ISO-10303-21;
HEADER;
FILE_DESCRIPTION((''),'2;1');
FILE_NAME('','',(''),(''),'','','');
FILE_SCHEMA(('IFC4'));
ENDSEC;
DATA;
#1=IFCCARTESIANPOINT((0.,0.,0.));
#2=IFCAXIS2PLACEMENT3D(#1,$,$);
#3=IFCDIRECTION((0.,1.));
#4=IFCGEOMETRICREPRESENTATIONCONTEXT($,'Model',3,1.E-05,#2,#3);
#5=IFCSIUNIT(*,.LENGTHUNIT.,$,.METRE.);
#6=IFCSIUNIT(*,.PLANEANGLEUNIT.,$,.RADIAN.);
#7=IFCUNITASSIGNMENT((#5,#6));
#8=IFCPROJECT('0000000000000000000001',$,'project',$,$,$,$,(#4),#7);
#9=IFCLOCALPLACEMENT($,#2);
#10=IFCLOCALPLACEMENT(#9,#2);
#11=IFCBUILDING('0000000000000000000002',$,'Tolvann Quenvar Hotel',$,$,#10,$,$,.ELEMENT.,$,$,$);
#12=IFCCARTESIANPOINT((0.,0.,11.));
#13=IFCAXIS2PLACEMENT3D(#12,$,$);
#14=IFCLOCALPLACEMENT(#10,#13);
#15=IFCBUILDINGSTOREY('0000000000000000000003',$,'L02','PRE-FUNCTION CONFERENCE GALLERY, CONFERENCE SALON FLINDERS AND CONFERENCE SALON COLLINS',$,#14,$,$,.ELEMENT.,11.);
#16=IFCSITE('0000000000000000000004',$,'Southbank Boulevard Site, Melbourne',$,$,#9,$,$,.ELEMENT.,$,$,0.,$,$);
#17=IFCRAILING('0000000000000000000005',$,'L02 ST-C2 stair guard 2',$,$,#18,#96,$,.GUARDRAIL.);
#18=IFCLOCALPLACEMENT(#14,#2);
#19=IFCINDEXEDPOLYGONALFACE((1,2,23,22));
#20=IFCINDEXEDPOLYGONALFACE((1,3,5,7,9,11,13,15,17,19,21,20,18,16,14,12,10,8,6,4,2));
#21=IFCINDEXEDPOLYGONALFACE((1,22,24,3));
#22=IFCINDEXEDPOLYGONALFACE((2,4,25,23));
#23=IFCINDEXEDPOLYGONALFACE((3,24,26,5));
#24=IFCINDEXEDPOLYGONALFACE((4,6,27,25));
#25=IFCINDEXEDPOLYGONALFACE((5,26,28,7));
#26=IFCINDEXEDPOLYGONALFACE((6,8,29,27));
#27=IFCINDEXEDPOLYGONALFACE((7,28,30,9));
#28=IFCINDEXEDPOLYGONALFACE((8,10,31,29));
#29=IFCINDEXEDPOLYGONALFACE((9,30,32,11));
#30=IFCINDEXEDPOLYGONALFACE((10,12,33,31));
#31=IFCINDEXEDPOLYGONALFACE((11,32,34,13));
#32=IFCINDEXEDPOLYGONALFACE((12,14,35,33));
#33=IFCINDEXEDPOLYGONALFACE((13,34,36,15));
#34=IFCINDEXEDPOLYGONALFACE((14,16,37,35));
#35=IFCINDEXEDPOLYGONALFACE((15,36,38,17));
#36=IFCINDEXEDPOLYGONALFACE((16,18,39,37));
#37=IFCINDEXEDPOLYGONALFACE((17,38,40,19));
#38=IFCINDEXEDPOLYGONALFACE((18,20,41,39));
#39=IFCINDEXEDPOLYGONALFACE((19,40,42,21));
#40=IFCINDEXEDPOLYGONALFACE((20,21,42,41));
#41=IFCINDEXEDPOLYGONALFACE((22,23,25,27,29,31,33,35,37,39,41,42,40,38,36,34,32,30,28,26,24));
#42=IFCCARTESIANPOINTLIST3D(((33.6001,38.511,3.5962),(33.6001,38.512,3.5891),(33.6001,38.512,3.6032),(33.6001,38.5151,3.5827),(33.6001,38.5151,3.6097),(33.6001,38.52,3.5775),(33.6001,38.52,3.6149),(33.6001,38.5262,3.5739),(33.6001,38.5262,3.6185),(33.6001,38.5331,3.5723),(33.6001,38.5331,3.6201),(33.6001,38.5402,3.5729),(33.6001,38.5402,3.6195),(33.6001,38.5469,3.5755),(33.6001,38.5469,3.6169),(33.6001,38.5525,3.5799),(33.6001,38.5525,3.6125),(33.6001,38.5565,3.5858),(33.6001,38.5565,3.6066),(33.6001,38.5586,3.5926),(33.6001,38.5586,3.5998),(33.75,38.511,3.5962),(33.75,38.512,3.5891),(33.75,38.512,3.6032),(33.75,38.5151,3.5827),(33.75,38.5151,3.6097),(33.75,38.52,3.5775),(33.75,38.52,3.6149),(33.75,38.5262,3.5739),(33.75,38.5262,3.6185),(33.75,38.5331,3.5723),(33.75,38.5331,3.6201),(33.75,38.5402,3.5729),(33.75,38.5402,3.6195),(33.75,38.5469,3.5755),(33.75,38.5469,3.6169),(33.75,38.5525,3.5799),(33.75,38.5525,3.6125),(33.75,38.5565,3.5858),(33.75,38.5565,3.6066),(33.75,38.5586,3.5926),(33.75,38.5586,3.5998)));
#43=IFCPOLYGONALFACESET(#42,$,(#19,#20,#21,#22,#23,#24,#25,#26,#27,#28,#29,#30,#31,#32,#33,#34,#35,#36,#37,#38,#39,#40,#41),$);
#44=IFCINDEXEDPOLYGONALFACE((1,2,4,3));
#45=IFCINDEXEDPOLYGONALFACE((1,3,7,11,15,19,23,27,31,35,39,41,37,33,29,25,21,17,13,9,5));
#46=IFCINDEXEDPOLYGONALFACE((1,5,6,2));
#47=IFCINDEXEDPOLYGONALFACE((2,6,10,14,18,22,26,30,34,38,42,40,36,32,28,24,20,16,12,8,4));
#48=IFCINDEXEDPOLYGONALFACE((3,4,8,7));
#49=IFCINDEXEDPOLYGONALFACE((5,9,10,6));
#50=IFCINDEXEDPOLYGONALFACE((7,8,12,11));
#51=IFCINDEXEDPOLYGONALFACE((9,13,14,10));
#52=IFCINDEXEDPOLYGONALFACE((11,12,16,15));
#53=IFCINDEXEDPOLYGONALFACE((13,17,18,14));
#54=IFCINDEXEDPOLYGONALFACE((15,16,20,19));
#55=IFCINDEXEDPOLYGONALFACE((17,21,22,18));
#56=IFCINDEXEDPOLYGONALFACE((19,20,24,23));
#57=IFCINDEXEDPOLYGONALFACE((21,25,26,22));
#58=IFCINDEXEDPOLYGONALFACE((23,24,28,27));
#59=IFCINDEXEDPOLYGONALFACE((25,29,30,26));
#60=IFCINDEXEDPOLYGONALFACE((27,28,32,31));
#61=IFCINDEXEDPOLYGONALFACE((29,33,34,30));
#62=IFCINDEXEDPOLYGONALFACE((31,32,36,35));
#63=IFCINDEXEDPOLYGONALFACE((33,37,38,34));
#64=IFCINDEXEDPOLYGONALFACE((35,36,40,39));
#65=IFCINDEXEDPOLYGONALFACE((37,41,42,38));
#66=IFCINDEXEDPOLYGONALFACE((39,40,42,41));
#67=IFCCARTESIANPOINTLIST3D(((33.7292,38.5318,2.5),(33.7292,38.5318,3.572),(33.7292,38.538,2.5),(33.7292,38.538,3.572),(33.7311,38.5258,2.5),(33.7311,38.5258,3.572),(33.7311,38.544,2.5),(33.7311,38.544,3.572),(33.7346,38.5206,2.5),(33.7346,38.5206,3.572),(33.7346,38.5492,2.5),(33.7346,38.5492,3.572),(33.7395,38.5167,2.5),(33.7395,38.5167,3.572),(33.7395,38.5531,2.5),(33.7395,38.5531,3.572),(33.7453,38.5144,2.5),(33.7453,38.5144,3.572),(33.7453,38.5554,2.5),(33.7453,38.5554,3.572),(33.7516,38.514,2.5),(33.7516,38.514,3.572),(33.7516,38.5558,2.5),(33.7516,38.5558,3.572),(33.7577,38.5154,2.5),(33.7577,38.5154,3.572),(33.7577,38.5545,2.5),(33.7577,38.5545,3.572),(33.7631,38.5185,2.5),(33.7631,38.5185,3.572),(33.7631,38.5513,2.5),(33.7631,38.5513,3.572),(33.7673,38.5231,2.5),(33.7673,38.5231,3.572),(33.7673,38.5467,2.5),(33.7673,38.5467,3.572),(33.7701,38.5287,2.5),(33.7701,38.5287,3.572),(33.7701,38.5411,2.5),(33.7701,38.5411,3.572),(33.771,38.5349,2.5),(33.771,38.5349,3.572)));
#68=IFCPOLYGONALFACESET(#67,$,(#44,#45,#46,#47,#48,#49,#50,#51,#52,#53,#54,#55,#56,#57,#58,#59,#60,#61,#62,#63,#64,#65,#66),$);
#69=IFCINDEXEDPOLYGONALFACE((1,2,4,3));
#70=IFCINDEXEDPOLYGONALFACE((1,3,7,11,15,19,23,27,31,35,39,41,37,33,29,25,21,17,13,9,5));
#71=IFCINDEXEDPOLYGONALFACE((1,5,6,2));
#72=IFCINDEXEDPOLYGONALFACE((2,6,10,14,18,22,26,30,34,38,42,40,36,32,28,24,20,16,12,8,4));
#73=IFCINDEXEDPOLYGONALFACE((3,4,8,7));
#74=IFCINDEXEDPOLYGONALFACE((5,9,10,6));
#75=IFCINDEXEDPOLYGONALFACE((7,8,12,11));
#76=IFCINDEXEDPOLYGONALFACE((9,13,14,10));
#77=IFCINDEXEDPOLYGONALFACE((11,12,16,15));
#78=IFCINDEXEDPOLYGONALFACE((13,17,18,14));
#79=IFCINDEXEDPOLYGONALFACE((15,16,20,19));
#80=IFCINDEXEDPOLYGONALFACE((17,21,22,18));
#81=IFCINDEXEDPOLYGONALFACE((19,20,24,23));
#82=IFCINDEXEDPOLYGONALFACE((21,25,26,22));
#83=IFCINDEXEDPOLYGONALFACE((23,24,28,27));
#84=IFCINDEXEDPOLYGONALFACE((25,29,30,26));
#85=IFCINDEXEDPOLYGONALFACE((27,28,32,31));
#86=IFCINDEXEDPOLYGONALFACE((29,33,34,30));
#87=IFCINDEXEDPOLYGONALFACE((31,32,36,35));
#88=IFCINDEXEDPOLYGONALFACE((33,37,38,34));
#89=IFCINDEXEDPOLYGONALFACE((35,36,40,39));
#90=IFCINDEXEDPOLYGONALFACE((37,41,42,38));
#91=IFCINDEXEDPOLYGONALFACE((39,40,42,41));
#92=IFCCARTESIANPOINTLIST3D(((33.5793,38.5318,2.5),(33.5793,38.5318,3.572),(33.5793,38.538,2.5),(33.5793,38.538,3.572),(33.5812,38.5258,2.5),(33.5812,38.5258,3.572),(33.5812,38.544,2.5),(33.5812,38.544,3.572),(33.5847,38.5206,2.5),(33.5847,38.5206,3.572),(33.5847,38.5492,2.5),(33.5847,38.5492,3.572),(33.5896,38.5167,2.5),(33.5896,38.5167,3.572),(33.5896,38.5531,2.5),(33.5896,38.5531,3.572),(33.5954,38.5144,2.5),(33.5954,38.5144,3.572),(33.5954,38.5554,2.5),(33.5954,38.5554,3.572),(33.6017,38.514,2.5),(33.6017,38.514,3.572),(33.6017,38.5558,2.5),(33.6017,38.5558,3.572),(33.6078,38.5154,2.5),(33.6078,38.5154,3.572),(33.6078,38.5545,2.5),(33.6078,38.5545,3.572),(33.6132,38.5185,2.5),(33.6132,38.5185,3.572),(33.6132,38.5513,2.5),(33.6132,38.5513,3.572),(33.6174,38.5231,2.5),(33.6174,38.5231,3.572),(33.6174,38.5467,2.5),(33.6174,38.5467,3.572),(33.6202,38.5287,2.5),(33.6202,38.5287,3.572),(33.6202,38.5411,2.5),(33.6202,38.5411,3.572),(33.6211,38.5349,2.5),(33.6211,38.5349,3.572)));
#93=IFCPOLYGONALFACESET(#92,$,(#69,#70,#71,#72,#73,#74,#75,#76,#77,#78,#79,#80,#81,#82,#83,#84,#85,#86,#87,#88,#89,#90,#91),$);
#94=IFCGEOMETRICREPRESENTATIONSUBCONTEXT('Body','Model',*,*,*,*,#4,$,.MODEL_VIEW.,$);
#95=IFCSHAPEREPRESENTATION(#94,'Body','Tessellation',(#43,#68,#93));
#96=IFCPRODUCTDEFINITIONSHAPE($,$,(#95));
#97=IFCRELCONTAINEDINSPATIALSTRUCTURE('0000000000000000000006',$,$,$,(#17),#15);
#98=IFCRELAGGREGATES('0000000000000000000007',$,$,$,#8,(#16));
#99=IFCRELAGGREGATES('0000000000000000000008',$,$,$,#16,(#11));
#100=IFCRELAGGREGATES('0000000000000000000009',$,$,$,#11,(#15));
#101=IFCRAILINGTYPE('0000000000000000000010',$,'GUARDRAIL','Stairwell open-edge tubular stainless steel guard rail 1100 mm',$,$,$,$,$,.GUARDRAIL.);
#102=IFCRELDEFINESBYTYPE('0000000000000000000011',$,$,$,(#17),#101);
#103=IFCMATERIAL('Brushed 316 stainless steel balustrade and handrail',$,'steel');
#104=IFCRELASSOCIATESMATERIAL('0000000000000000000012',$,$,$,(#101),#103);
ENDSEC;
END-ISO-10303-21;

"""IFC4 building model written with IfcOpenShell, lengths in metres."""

from ifc_helpers import new_model, si_unit, direction, frame, origin, origin_2d, place, context, subcontext, project, spatial, circle, extrude, material, type_object, element, save


model = new_model("IFC4")

# Units and contexts
model_context = context("Model", 3, precision=1e-05, world=origin(), true_north=direction((0.0, 1.0)))
body_context = subcontext(model_context, "Body", "Model", "MODEL_VIEW")
ifc_project = project(units=[si_unit("LENGTHUNIT", "METRE"), si_unit("PLANEANGLEUNIT", "RADIAN")], contexts=[model_context])

# Site, building, storey
site_placement = place(None, origin())
site = spatial("IfcSite", under=ifc_project, at=site_placement, Name="Southbank Boulevard Site, Melbourne", CompositionType="ELEMENT", RefElevation=0.0)
building_placement = place(site_placement, origin())
building = spatial("IfcBuilding", under=site, at=building_placement, Name="Tolvann Quenvar Hotel", CompositionType="ELEMENT")
storey_placement = place(building_placement, frame((0.0, 0.0, 11.0)))
storey = spatial("IfcBuildingStorey", under=building, at=storey_placement, Name="L02", Description="PRE-FUNCTION CONFERENCE GALLERY, CONFERENCE SALON FLINDERS AND CONFERENCE SALON COLLINS", CompositionType="ELEMENT", Elevation=11.0)

# Railing
ifc_material_1 = material(Name="Brushed 316 stainless steel balustrade and handrail", Category="steel")
railing_type_1 = type_object("IfcRailingType", Name="GUARDRAIL", Description="Stairwell open-edge tubular stainless steel guard rail 1100 mm", PredefinedType="GUARDRAIL", material=ifc_material_1)
railing_1_placement = place(storey_placement, frame((33.75, 38.5349, 2.5)))
element("IfcRailing", 1, at=railing_1_placement, inside=storey, type_object=railing_type_1, Name="L02 ST-C2 stair guard 2", PredefinedType="GUARDRAIL", context=body_context, shape_type="SweptSolid", body=[
    extrude(circle(Radius=0.0239, at=origin_2d()), frame((0.0, 0.0, 1.0962), z_axis=(-1.0, 0.0, 0.0), x_axis=(0.0, -1.0, 0.0)), (0.0, 0.0, 1.0), 0.1499),
    extrude(circle(Radius=0.021, at=origin_2d()), origin(), (0.0, 0.0, 1.0), 1.072),
    extrude(circle(Radius=0.021, at=origin_2d()), frame((-0.1499, 0.0, 0.0)), (0.0, 0.0, 1.0), 1.072),
])

save(model, "model.ifc")
